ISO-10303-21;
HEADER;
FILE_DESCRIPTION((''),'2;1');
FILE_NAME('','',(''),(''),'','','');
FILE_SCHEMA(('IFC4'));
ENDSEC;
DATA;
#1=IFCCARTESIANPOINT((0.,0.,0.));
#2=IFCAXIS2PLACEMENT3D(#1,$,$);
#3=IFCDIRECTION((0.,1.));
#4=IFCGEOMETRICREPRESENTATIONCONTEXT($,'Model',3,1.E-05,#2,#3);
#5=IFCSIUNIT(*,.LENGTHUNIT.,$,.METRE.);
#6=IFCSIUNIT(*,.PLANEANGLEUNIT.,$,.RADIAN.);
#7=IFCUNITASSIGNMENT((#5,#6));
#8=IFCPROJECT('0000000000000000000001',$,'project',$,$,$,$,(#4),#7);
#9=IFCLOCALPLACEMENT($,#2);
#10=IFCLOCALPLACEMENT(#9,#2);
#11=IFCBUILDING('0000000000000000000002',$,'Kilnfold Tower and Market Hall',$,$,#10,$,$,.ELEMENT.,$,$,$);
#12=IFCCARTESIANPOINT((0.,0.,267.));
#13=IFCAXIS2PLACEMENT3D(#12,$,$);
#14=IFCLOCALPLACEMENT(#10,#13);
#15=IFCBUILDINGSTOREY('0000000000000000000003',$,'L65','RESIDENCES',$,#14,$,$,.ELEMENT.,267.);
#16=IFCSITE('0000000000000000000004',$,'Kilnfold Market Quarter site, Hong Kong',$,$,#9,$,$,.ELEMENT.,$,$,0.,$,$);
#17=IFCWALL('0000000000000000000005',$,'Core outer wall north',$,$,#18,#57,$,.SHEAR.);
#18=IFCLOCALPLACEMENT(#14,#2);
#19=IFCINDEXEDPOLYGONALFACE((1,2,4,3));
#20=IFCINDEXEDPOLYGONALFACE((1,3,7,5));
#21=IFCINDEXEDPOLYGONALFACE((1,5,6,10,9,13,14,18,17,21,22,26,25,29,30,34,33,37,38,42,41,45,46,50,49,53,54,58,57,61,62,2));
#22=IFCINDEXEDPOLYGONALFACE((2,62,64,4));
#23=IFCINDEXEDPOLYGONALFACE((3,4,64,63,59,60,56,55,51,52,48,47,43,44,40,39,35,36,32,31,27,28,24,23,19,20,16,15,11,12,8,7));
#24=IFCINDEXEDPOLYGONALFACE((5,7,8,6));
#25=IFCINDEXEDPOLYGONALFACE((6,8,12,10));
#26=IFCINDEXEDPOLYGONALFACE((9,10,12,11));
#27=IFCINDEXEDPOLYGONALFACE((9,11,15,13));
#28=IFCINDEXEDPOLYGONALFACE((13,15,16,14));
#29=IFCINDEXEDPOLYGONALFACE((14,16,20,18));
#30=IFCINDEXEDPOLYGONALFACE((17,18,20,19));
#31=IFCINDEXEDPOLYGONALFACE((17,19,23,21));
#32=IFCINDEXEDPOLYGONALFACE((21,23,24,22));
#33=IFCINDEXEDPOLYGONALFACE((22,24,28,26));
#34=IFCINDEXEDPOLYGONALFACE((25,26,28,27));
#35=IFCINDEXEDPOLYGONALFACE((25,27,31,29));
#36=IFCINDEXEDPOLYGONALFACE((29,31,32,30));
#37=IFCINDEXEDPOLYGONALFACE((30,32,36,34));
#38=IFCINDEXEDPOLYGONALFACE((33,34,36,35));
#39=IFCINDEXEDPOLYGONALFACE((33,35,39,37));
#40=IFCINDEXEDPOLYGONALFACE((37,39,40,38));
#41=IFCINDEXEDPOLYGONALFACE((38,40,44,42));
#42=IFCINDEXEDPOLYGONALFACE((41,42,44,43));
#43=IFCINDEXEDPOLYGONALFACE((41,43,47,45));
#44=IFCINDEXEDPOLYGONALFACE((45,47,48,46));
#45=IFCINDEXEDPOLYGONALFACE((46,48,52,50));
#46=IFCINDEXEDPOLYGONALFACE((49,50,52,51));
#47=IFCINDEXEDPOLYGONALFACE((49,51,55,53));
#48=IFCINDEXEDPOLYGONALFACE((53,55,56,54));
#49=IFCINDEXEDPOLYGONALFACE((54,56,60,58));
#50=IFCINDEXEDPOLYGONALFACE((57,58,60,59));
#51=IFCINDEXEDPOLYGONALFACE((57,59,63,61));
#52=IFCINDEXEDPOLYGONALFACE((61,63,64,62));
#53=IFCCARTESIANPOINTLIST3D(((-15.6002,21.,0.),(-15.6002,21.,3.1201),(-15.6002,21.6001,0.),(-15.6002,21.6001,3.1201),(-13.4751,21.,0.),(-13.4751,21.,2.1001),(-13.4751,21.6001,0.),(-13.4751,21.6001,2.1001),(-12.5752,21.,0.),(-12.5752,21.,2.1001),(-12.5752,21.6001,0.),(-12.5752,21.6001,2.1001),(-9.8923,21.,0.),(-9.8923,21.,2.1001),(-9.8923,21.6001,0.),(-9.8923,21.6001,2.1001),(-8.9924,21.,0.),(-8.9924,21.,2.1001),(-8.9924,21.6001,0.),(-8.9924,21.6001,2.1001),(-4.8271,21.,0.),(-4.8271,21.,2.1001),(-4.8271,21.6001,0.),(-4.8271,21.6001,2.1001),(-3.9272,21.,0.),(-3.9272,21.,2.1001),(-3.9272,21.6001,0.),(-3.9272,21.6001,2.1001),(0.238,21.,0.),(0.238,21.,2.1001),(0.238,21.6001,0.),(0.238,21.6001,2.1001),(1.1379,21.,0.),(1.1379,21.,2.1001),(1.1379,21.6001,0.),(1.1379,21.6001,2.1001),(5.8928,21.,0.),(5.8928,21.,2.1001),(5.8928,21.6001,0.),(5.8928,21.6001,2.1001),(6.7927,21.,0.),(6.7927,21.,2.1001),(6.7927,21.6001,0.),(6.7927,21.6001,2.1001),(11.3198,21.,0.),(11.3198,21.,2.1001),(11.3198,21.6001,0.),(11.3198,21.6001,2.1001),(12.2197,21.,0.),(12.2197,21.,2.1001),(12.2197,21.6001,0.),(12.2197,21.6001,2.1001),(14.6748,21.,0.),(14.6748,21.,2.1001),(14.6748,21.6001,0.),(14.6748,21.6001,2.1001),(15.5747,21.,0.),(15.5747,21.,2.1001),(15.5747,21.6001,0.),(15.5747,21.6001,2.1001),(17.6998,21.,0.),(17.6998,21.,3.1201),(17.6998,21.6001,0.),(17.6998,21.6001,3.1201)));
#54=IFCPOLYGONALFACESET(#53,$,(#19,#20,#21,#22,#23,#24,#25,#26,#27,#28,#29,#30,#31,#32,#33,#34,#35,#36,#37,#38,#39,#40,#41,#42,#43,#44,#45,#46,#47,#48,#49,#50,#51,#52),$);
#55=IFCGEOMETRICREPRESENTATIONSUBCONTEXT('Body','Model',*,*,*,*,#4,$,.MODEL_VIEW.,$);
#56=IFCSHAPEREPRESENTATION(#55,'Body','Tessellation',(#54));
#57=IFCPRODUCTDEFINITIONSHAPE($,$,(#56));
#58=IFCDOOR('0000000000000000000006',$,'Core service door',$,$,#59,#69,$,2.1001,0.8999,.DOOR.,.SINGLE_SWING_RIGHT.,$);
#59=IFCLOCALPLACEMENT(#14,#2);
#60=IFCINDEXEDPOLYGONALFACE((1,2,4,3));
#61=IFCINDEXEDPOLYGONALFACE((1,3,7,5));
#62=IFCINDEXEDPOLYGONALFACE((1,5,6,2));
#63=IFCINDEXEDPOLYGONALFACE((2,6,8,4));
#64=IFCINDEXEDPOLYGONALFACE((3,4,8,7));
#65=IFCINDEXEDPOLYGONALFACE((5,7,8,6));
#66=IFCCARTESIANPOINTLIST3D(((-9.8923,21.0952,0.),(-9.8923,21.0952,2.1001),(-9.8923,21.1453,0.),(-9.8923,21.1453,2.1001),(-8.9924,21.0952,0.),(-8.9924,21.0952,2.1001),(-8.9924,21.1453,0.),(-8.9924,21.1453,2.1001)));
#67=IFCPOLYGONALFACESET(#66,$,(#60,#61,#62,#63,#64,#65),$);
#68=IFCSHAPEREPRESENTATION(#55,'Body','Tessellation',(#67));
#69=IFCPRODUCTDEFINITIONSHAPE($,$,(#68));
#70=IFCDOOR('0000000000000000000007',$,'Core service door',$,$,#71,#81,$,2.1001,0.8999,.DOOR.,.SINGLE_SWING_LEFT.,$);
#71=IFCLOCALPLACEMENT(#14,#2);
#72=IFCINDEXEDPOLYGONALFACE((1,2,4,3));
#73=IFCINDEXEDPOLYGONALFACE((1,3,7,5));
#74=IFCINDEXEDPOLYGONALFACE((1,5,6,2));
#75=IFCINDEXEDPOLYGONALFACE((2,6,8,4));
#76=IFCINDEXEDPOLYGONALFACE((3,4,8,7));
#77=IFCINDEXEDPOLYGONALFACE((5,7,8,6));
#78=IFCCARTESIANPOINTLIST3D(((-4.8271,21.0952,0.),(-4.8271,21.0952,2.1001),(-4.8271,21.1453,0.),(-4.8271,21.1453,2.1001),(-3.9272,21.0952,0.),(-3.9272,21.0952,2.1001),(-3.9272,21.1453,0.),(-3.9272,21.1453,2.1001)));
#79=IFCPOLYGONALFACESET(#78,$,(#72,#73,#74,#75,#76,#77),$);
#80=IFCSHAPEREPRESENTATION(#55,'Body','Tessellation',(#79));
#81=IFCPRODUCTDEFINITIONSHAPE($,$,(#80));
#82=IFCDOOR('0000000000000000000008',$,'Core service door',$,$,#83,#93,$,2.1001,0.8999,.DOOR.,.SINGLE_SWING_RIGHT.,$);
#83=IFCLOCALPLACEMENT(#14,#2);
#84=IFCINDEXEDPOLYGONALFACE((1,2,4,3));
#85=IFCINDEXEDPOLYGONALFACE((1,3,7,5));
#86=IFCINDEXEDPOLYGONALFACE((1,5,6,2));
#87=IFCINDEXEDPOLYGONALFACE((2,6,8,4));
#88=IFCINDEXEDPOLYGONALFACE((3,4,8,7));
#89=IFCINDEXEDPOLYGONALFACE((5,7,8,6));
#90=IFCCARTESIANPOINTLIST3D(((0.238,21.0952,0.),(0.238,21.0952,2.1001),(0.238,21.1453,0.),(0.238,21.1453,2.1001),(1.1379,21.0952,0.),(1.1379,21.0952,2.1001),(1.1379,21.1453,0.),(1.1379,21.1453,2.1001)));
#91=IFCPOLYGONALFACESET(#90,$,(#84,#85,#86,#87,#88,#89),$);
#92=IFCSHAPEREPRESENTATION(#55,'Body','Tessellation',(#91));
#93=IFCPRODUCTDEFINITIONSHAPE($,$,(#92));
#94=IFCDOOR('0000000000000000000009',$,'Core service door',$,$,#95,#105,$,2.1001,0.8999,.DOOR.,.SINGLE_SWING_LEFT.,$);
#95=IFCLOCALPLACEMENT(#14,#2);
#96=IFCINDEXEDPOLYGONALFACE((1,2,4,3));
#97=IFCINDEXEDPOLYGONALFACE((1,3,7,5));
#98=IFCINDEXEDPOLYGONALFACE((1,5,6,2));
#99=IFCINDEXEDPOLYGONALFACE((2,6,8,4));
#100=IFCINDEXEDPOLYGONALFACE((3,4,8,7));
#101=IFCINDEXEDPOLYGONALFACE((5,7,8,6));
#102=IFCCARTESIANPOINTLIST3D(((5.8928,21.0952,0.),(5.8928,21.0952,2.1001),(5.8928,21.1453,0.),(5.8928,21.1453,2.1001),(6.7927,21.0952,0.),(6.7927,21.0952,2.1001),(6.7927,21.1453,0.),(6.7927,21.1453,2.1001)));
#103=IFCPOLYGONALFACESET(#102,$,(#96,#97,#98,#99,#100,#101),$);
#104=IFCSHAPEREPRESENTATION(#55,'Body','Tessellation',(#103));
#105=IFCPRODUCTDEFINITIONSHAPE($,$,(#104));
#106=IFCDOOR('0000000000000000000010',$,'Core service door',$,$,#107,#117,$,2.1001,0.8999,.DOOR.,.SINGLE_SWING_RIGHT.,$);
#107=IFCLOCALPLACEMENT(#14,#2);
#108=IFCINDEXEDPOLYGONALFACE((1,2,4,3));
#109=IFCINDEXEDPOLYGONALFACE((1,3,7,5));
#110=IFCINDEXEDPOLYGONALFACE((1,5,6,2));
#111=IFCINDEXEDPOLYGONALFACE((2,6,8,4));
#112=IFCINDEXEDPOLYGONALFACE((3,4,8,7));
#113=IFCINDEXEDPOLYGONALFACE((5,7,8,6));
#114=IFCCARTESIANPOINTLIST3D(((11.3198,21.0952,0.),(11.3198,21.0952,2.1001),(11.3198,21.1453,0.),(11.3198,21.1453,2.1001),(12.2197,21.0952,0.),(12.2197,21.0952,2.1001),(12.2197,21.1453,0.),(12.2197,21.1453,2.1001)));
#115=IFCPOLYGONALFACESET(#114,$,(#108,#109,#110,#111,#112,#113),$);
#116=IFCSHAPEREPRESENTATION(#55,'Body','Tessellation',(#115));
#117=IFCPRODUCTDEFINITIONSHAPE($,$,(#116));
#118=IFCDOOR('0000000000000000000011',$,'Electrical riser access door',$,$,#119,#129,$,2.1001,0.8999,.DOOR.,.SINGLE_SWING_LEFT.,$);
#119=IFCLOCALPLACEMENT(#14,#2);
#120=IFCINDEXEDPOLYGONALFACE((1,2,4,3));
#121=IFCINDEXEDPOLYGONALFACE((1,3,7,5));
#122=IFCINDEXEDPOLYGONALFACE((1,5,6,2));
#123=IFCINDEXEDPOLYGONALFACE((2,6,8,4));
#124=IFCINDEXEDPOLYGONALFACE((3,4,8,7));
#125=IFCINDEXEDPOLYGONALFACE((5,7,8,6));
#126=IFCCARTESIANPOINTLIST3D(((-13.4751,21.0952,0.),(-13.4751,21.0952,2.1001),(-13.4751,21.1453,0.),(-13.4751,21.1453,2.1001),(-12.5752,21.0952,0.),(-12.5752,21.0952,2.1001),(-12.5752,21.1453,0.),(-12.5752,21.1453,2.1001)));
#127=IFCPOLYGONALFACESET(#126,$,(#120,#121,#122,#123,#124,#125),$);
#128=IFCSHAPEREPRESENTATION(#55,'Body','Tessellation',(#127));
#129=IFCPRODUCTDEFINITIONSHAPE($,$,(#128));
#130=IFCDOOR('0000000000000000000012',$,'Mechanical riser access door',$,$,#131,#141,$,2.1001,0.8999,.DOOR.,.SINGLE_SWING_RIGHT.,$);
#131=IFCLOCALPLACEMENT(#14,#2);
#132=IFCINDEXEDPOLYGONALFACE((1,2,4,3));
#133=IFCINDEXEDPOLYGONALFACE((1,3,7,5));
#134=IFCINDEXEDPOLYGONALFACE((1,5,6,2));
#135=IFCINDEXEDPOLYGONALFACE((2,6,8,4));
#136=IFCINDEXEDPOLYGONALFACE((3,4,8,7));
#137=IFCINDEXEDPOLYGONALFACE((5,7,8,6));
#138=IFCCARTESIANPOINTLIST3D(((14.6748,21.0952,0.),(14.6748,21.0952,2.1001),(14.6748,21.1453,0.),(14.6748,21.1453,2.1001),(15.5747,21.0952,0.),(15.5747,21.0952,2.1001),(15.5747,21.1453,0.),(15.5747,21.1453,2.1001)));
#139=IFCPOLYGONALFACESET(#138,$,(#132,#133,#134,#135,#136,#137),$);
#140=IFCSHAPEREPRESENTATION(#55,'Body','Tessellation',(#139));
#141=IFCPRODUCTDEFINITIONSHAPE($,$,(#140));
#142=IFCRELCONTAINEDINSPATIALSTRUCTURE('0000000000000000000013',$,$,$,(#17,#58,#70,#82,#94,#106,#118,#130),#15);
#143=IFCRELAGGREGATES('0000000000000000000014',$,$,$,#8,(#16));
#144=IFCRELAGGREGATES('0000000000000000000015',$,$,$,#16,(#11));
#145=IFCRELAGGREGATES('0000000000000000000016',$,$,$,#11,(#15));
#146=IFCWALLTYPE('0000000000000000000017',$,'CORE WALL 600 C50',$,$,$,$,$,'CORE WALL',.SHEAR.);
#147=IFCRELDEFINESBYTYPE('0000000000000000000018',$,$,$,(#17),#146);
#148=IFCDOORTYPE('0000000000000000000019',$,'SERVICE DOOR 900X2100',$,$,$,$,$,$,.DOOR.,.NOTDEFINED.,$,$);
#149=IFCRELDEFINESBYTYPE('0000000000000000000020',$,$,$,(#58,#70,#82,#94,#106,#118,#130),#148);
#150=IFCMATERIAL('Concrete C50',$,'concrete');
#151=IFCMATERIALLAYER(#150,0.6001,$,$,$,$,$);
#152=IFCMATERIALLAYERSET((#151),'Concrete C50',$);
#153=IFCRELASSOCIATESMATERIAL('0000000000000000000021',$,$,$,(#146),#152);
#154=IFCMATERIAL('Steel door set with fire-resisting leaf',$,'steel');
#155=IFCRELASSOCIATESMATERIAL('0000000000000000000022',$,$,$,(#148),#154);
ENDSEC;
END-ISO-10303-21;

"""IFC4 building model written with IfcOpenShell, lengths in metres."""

from ifc_helpers import new_model, si_unit, direction, frame, frame_2d, origin, place, context, subcontext, project, spatial, rectangle, extrude, source, transform, mapped, material, layer, layer_set, type_object, element, fill, save


model = new_model("IFC4")

# Units and contexts
model_context = context("Model", 3, precision=1e-05, world=origin(), true_north=direction((0.0, 1.0)))
body_context = subcontext(model_context, "Body", "Model", "MODEL_VIEW")
ifc_project = project(units=[si_unit("LENGTHUNIT", "METRE"), si_unit("PLANEANGLEUNIT", "RADIAN")], contexts=[model_context])

# Site, building, storey
site_placement = place(None, origin())
site = spatial("IfcSite", under=ifc_project, at=site_placement, Name="Kilnfold Market Quarter site, Hong Kong", CompositionType="ELEMENT", RefElevation=0.0)
building_placement = place(site_placement, origin())
building = spatial("IfcBuilding", under=site, at=building_placement, Name="Kilnfold Tower and Market Hall", CompositionType="ELEMENT")
storey_placement = place(building_placement, frame((0.0, 0.0, 267.0)))
storey = spatial("IfcBuildingStorey", under=building, at=storey_placement, Name="L65", Description="RESIDENCES", CompositionType="ELEMENT", Elevation=267.0)

# Wall, openings, doors
ifc_material_1 = material(Name="Concrete C50", Category="concrete")
ifc_layer_1 = layer(ifc_material_1, 0.6001)
ifc_layer_set_1 = layer_set([ifc_layer_1], Name="Concrete C50")
wall_type_1 = type_object("IfcWallType", Name="CORE WALL 600 C50", ElementType="CORE WALL", PredefinedType="SHEAR", material=ifc_layer_set_1)
shared_shape_1 = source(origin(), body_context, "Body", "SweptSolid", [
    extrude(rectangle(XDim=33.3, YDim=0.6001, at=frame_2d((16.6499, 0.0))), origin(), (0.0, 0.0, 1.0), 3.1201),
])
wall_1_placement = place(storey_placement, frame((-15.6001, 21.3, 0.0), z_axis=(0.0, 0.0, 1.0), x_axis=(1.0, 0.0, 0.0)))
wall_1 = element("IfcWall", 1, at=wall_1_placement, inside=storey, type_object=wall_type_1, Name="Core outer wall north", PredefinedType="SHEAR", context=body_context, shape_type="MappedRepresentation", body=[
    mapped(shared_shape_1, transform((0.0, 0.0, 0.0))),
])
opening_1_placement = place(wall_1_placement, frame((5.7078, 0.0, 0.0)))
opening_1 = element("IfcOpeningElement", 2, at=opening_1_placement, cuts=wall_1, PredefinedType="OPENING", context=body_context, shape_type="SweptSolid", body=[
    extrude(rectangle(XDim=0.8999, YDim=2.1001, at=frame_2d((0.45, 1.05))), frame((0.0, 0.3101, 0.0), z_axis=(0.0, -1.0, 0.0), x_axis=(1.0, 0.0, 0.0)), (0.0, 0.0, 1.0), 0.6201),
])
opening_2_placement = place(wall_1_placement, frame((10.7729, 0.0, 0.0)))
opening_2 = element("IfcOpeningElement", 3, at=opening_2_placement, cuts=wall_1, PredefinedType="OPENING", context=body_context, shape_type="SweptSolid", body=[
    extrude(rectangle(XDim=0.8999, YDim=2.1001, at=frame_2d((0.45, 1.05))), frame((0.0, 0.3101, 0.0), z_axis=(0.0, -1.0, 0.0), x_axis=(1.0, 0.0, 0.0)), (0.0, 0.0, 1.0), 0.6201),
])
opening_3_placement = place(wall_1_placement, frame((15.8381, 0.0, 0.0)))
opening_3 = element("IfcOpeningElement", 4, at=opening_3_placement, cuts=wall_1, PredefinedType="OPENING", context=body_context, shape_type="SweptSolid", body=[
    extrude(rectangle(XDim=0.8999, YDim=2.1001, at=frame_2d((0.45, 1.05))), frame((0.0, 0.3101, 0.0), z_axis=(0.0, -1.0, 0.0), x_axis=(1.0, 0.0, 0.0)), (0.0, 0.0, 1.0), 0.6201),
])
opening_4_placement = place(wall_1_placement, frame((21.4929, 0.0, 0.0)))
opening_4 = element("IfcOpeningElement", 5, at=opening_4_placement, cuts=wall_1, PredefinedType="OPENING", context=body_context, shape_type="SweptSolid", body=[
    extrude(rectangle(XDim=0.8999, YDim=2.1001, at=frame_2d((0.45, 1.05))), frame((0.0, 0.3101, 0.0), z_axis=(0.0, -1.0, 0.0), x_axis=(1.0, 0.0, 0.0)), (0.0, 0.0, 1.0), 0.6201),
])
opening_5_placement = place(wall_1_placement, frame((26.9199, 0.0, 0.0)))
opening_5 = element("IfcOpeningElement", 6, at=opening_5_placement, cuts=wall_1, PredefinedType="OPENING", context=body_context, shape_type="SweptSolid", body=[
    extrude(rectangle(XDim=0.8999, YDim=2.1001, at=frame_2d((0.45, 1.05))), frame((0.0, 0.3101, 0.0), z_axis=(0.0, -1.0, 0.0), x_axis=(1.0, 0.0, 0.0)), (0.0, 0.0, 1.0), 0.6201),
])
opening_6_placement = place(wall_1_placement, frame((2.125, 0.0, 0.0)))
opening_6 = element("IfcOpeningElement", 7, at=opening_6_placement, cuts=wall_1, PredefinedType="OPENING", context=body_context, shape_type="SweptSolid", body=[
    extrude(rectangle(XDim=0.8999, YDim=2.1001, at=frame_2d((0.45, 1.05))), frame((0.0, 0.3101, 0.0), z_axis=(0.0, -1.0, 0.0), x_axis=(1.0, 0.0, 0.0)), (0.0, 0.0, 1.0), 0.6201),
])
opening_7_placement = place(wall_1_placement, frame((30.2749, 0.0, 0.0)))
opening_7 = element("IfcOpeningElement", 8, at=opening_7_placement, cuts=wall_1, PredefinedType="OPENING", context=body_context, shape_type="SweptSolid", body=[
    extrude(rectangle(XDim=0.8999, YDim=2.1001, at=frame_2d((0.45, 1.05))), frame((0.0, 0.3101, 0.0), z_axis=(0.0, -1.0, 0.0), x_axis=(1.0, 0.0, 0.0)), (0.0, 0.0, 1.0), 0.6201),
])
ifc_material_2 = material(Name="Steel door set with fire-resisting leaf", Category="steel")
door_type_1 = type_object("IfcDoorType", Name="SERVICE DOOR 900X2100", OperationType="NOTDEFINED", PredefinedType="DOOR", material=ifc_material_2)
door_1_placement = place(opening_1_placement, origin())
door_1 = element("IfcDoor", 9, at=door_1_placement, inside=storey, type_object=door_type_1, Name="Core service door", OperationType="SINGLE_SWING_RIGHT", OverallHeight=2.1001, OverallWidth=0.8999, PredefinedType="DOOR", context=body_context, shape_type="SweptSolid", body=[
    extrude(rectangle(XDim=0.8999, YDim=2.1001, at=frame_2d((0.45, 1.05))), frame((0.0, -0.1548, 0.0), z_axis=(0.0, -1.0, 0.0), x_axis=(1.0, 0.0, 0.0)), (0.0, 0.0, 1.0), 0.05),
])
fill(opening_1, door_1)
door_2_placement = place(opening_2_placement, origin())
door_2 = element("IfcDoor", 10, at=door_2_placement, inside=storey, type_object=door_type_1, Name="Core service door", OperationType="SINGLE_SWING_LEFT", OverallHeight=2.1001, OverallWidth=0.8999, PredefinedType="DOOR", context=body_context, shape_type="SweptSolid", body=[
    extrude(rectangle(XDim=0.8999, YDim=2.1001, at=frame_2d((0.45, 1.05))), frame((0.0, -0.1548, 0.0), z_axis=(0.0, -1.0, 0.0), x_axis=(1.0, 0.0, 0.0)), (0.0, 0.0, 1.0), 0.05),
])
fill(opening_2, door_2)
door_3_placement = place(opening_3_placement, origin())
door_3 = element("IfcDoor", 11, at=door_3_placement, inside=storey, type_object=door_type_1, Name="Core service door", OperationType="SINGLE_SWING_RIGHT", OverallHeight=2.1001, OverallWidth=0.8999, PredefinedType="DOOR", context=body_context, shape_type="SweptSolid", body=[
    extrude(rectangle(XDim=0.8999, YDim=2.1001, at=frame_2d((0.45, 1.05))), frame((0.0, -0.1548, 0.0), z_axis=(0.0, -1.0, 0.0), x_axis=(1.0, 0.0, 0.0)), (0.0, 0.0, 1.0), 0.05),
])
fill(opening_3, door_3)
door_4_placement = place(opening_4_placement, origin())
door_4 = element("IfcDoor", 12, at=door_4_placement, inside=storey, type_object=door_type_1, Name="Core service door", OperationType="SINGLE_SWING_LEFT", OverallHeight=2.1001, OverallWidth=0.8999, PredefinedType="DOOR", context=body_context, shape_type="SweptSolid", body=[
    extrude(rectangle(XDim=0.8999, YDim=2.1001, at=frame_2d((0.45, 1.05))), frame((0.0, -0.1548, 0.0), z_axis=(0.0, -1.0, 0.0), x_axis=(1.0, 0.0, 0.0)), (0.0, 0.0, 1.0), 0.05),
])
fill(opening_4, door_4)
door_5_placement = place(opening_5_placement, origin())
door_5 = element("IfcDoor", 13, at=door_5_placement, inside=storey, type_object=door_type_1, Name="Core service door", OperationType="SINGLE_SWING_RIGHT", OverallHeight=2.1001, OverallWidth=0.8999, PredefinedType="DOOR", context=body_context, shape_type="SweptSolid", body=[
    extrude(rectangle(XDim=0.8999, YDim=2.1001, at=frame_2d((0.45, 1.05))), frame((0.0, -0.1548, 0.0), z_axis=(0.0, -1.0, 0.0), x_axis=(1.0, 0.0, 0.0)), (0.0, 0.0, 1.0), 0.05),
])
fill(opening_5, door_5)
door_6_placement = place(opening_6_placement, origin())
door_6 = element("IfcDoor", 14, at=door_6_placement, inside=storey, type_object=door_type_1, Name="Electrical riser access door", OperationType="SINGLE_SWING_LEFT", OverallHeight=2.1001, OverallWidth=0.8999, PredefinedType="DOOR", context=body_context, shape_type="SweptSolid", body=[
    extrude(rectangle(XDim=0.8999, YDim=2.1001, at=frame_2d((0.45, 1.05))), frame((0.0, -0.1548, 0.0), z_axis=(0.0, -1.0, 0.0), x_axis=(1.0, 0.0, 0.0)), (0.0, 0.0, 1.0), 0.05),
])
fill(opening_6, door_6)
door_7_placement = place(opening_7_placement, origin())
door_7 = element("IfcDoor", 15, at=door_7_placement, inside=storey, type_object=door_type_1, Name="Mechanical riser access door", OperationType="SINGLE_SWING_RIGHT", OverallHeight=2.1001, OverallWidth=0.8999, PredefinedType="DOOR", context=body_context, shape_type="SweptSolid", body=[
    extrude(rectangle(XDim=0.8999, YDim=2.1001, at=frame_2d((0.45, 1.05))), frame((0.0, -0.1548, 0.0), z_axis=(0.0, -1.0, 0.0), x_axis=(1.0, 0.0, 0.0)), (0.0, 0.0, 1.0), 0.05),
])
fill(opening_7, door_7)

save(model, "model.ifc")
